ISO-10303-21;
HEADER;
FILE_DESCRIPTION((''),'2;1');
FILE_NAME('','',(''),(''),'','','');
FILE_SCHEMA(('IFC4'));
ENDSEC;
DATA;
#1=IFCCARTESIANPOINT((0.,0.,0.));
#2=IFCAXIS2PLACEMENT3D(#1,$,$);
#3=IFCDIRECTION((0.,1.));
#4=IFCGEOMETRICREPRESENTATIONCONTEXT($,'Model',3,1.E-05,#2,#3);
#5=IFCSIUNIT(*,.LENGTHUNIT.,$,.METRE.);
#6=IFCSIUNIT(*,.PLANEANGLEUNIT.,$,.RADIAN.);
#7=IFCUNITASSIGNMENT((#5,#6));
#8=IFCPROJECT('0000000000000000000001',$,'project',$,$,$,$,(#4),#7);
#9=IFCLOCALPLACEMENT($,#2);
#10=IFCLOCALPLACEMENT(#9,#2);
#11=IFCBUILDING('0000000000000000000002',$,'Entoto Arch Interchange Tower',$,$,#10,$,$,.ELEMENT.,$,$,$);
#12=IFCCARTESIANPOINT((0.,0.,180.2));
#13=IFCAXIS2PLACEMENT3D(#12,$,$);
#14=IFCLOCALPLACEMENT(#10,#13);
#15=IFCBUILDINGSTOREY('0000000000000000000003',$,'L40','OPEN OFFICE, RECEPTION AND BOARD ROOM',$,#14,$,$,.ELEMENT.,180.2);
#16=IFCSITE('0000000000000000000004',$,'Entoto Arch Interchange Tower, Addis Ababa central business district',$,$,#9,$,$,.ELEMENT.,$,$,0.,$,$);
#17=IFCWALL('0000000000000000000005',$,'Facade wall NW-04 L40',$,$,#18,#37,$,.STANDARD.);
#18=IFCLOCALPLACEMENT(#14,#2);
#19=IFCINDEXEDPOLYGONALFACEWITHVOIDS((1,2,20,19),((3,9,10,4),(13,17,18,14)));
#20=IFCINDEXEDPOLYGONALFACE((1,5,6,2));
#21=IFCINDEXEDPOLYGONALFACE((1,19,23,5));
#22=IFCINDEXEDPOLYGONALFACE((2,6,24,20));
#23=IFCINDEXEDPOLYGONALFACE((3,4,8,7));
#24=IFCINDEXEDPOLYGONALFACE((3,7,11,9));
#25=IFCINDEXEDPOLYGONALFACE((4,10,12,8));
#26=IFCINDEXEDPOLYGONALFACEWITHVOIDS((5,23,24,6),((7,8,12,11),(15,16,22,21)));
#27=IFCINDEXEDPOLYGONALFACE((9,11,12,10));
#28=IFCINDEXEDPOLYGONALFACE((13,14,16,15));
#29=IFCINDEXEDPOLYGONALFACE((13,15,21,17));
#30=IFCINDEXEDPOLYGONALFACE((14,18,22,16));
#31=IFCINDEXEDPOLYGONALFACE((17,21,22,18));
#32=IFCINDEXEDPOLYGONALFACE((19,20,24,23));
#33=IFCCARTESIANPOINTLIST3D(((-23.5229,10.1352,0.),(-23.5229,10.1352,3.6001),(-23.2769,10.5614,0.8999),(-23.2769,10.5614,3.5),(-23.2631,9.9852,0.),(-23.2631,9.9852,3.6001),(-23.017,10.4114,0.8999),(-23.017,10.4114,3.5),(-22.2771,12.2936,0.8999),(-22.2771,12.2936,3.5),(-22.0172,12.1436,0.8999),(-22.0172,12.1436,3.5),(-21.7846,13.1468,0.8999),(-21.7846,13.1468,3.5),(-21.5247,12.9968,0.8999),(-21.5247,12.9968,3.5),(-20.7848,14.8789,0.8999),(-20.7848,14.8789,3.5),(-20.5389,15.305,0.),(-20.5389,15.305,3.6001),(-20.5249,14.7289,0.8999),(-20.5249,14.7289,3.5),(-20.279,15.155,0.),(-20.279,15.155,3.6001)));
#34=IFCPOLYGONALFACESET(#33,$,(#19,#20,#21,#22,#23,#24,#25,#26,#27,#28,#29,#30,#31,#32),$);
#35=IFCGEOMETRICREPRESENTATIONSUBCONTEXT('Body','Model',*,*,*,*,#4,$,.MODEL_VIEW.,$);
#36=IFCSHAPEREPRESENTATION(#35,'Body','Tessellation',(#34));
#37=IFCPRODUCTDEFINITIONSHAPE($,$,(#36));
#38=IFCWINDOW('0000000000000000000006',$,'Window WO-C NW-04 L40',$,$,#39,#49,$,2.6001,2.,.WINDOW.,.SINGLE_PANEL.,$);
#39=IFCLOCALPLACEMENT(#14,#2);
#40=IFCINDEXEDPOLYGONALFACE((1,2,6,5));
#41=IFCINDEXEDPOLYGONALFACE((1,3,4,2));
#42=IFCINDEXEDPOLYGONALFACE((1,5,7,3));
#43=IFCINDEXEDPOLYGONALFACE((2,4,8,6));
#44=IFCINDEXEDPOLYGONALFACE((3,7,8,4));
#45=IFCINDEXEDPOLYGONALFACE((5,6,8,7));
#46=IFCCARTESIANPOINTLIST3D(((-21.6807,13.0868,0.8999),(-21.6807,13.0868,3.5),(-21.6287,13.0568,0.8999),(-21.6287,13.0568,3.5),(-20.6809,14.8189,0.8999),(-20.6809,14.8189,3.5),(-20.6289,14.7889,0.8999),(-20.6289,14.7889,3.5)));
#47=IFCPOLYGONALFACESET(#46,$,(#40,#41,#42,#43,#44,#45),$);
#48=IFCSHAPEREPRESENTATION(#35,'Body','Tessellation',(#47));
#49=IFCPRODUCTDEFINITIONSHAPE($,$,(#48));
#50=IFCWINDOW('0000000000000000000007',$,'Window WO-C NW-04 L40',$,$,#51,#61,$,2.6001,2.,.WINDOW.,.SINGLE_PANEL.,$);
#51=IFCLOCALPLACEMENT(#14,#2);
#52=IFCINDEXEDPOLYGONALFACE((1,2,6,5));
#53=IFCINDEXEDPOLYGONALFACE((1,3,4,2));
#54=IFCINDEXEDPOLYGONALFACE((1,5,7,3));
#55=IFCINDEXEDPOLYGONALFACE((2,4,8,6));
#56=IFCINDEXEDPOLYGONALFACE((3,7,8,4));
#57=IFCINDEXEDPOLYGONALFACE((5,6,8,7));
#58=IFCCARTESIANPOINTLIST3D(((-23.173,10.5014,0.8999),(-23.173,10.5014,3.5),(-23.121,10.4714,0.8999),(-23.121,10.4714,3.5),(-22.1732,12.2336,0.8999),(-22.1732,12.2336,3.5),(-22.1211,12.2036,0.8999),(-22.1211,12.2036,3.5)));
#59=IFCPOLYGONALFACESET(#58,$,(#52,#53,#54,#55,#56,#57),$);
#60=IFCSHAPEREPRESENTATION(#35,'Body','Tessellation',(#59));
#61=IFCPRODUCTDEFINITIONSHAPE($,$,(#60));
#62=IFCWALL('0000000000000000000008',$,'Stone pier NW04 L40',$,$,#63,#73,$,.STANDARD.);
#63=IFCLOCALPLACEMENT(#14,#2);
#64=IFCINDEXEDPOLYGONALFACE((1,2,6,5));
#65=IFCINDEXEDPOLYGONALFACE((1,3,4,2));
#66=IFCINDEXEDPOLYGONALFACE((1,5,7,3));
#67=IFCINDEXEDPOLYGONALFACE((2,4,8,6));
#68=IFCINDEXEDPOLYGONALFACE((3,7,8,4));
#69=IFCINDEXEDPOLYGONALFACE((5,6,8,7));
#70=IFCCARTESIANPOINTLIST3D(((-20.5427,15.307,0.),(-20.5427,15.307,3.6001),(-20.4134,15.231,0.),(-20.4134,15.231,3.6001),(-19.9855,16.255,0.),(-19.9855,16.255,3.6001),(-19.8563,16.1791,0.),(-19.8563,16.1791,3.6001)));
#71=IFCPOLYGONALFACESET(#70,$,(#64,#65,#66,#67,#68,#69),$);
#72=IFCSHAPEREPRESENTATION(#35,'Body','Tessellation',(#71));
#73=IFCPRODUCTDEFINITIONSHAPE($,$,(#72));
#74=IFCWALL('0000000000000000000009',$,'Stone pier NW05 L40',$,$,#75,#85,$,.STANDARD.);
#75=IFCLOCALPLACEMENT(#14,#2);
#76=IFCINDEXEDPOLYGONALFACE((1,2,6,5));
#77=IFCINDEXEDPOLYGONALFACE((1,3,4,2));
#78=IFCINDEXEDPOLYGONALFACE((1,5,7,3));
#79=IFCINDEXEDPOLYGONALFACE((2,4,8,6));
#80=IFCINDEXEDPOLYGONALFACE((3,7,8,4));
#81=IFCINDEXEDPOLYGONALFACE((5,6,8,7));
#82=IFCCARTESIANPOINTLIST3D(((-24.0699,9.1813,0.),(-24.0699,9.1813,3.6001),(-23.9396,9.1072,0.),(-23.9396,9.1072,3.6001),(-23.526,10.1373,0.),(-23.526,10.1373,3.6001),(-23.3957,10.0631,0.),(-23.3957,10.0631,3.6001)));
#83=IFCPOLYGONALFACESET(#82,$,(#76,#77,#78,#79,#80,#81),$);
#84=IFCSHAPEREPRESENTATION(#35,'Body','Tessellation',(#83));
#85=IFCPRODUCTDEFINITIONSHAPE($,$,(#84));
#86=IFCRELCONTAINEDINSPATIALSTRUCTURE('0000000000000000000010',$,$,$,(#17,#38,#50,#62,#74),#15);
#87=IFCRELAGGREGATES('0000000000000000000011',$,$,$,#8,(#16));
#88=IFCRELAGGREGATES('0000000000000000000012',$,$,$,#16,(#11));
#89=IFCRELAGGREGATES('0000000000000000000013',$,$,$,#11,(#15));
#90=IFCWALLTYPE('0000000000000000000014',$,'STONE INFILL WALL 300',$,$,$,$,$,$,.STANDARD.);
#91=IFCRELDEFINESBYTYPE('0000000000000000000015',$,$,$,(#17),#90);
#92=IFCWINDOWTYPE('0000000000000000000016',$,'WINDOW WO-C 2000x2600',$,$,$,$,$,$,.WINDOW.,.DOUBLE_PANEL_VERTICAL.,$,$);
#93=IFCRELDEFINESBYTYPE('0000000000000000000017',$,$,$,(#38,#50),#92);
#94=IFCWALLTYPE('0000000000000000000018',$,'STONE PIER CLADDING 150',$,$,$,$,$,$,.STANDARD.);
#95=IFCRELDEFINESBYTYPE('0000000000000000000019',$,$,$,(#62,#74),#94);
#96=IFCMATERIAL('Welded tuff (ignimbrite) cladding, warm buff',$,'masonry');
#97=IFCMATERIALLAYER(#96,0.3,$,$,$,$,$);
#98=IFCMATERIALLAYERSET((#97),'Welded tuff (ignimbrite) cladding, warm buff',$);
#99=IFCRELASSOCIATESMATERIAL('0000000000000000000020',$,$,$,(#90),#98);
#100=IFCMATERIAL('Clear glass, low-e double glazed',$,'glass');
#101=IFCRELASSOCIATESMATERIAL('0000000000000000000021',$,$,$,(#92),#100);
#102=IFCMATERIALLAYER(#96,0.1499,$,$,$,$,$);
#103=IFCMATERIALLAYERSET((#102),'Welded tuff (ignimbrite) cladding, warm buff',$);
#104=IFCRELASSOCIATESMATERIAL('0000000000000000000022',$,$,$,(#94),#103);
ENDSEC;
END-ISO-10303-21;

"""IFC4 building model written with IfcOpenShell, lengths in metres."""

from ifc_helpers import new_model, si_unit, direction, frame, frame_2d, origin, place, context, subcontext, project, spatial, rectangle, extrude, material, layer, layer_set, type_object, element, fill, save


model = new_model("IFC4")

# Units and contexts
model_context = context("Model", 3, precision=1e-05, world=origin(), true_north=direction((0.0, 1.0)))
body_context = subcontext(model_context, "Body", "Model", "MODEL_VIEW")
ifc_project = project(units=[si_unit("LENGTHUNIT", "METRE"), si_unit("PLANEANGLEUNIT", "RADIAN")], contexts=[model_context])

# Site, building, storey
site_placement = place(None, origin())
site = spatial("IfcSite", under=ifc_project, at=site_placement, Name="Entoto Arch Interchange Tower, Addis Ababa central business district", CompositionType="ELEMENT", RefElevation=0.0)
building_placement = place(site_placement, origin())
building = spatial("IfcBuilding", under=site, at=building_placement, Name="Entoto Arch Interchange Tower", CompositionType="ELEMENT")
storey_placement = place(building_placement, frame((0.0, 0.0, 180.2)))
storey = spatial("IfcBuildingStorey", under=building, at=storey_placement, Name="L40", Description="OPEN OFFICE, RECEPTION AND BOARD ROOM", CompositionType="ELEMENT", Elevation=180.2)

# Wall, openings, windows
ifc_material_1 = material(Name="Welded tuff (ignimbrite) cladding, warm buff", Category="masonry")
ifc_layer_1 = layer(ifc_material_1, 0.3)
ifc_layer_set_1 = layer_set([ifc_layer_1], Name="Welded tuff (ignimbrite) cladding, warm buff")
wall_type_1 = type_object("IfcWallType", Name="STONE INFILL WALL 300", PredefinedType="STANDARD", material=ifc_layer_set_1)
ifc_material_2 = material(Name="Clear glass, low-e double glazed", Category="glass")
window_type = type_object("IfcWindowType", Name="WINDOW WO-C 2000x2600", PartitioningType="DOUBLE_PANEL_VERTICAL", PredefinedType="WINDOW", material=ifc_material_2)
wall_1_placement = place(storey_placement, frame((-20.4089, 15.23, 0.0), z_axis=(0.0, 0.0, 1.0), x_axis=(-0.499909, -0.866078, 0.0)))
wall_1 = element("IfcWall", 1, at=wall_1_placement, inside=storey, type_object=wall_type_1, Name="Facade wall NW-04 L40", PredefinedType="STANDARD", context=body_context, shape_type="SweptSolid", body=[
    extrude(rectangle(XDim=5.9692, YDim=0.3, at=frame_2d((2.9846, 0.0))), origin(), (0.0, 0.0, 1.0), 3.6001),
])
opening_1_placement = place(wall_1_placement, frame((0.4919, 0.0, 0.8999)))
opening_1 = element("IfcOpeningElement", 2, at=opening_1_placement, cuts=wall_1, PredefinedType="OPENING", context=body_context, shape_type="SweptSolid", body=[
    extrude(rectangle(XDim=2.0, YDim=2.6001, at=frame_2d((1.0, 1.3))), frame((0.0, 0.1602, 0.0), z_axis=(0.0, -1.0, 0.0), x_axis=(1.0, 0.0, 0.0)), (0.0, 0.0, 1.0), 0.3201),
])
opening_2_placement = place(wall_1_placement, frame((3.4771, 0.0, 0.8999)))
opening_2 = element("IfcOpeningElement", 3, at=opening_2_placement, cuts=wall_1, PredefinedType="OPENING", context=body_context, shape_type="SweptSolid", body=[
    extrude(rectangle(XDim=2.0, YDim=2.6001, at=frame_2d((1.0, 1.3))), frame((0.0, 0.1602, 0.0), z_axis=(0.0, -1.0, 0.0), x_axis=(1.0, 0.0, 0.0)), (0.0, 0.0, 1.0), 0.3201),
])
window_1_placement = place(opening_1_placement, origin())
window_1 = element("IfcWindow", 4, at=window_1_placement, inside=storey, type_object=window_type, Name="Window WO-C NW-04 L40", OverallHeight=2.6001, OverallWidth=2.0, PartitioningType="SINGLE_PANEL", PredefinedType="WINDOW", context=body_context, shape_type="SweptSolid", body=[
    extrude(rectangle(XDim=2.0, YDim=2.6001, at=frame_2d((1.0, 1.3))), frame((0.0, 0.03, 0.0), z_axis=(0.0, -1.0, 0.0), x_axis=(1.0, 0.0, 0.0)), (0.0, 0.0, 1.0), 0.0601),
])
fill(opening_1, window_1)
window_2_placement = place(opening_2_placement, origin())
window_2 = element("IfcWindow", 5, at=window_2_placement, inside=storey, type_object=window_type, Name="Window WO-C NW-04 L40", OverallHeight=2.6001, OverallWidth=2.0, PartitioningType="SINGLE_PANEL", PredefinedType="WINDOW", context=body_context, shape_type="SweptSolid", body=[
    extrude(rectangle(XDim=2.0, YDim=2.6001, at=frame_2d((1.0, 1.3))), frame((0.0, 0.03, 0.0), z_axis=(0.0, -1.0, 0.0), x_axis=(1.0, 0.0, 0.0)), (0.0, 0.0, 1.0), 0.0601),
])
fill(opening_2, window_2)

# Walls
ifc_layer_2 = layer(ifc_material_1, 0.1499)
ifc_layer_set_2 = layer_set([ifc_layer_2], Name="Welded tuff (ignimbrite) cladding, warm buff")
wall_type_2 = type_object("IfcWallType", Name="STONE PIER CLADDING 150", PredefinedType="STANDARD", material=ifc_layer_set_2)
wall_2_placement = place(storey_placement, frame((-19.9209, 16.217, 0.0), z_axis=(0.0, 0.0, 1.0), x_axis=(-0.506671, -0.86214, 0.0)))
element("IfcWall", 6, at=wall_2_placement, inside=storey, type_object=wall_type_2, Name="Stone pier NW04 L40", PredefinedType="STANDARD", context=body_context, shape_type="SweptSolid", body=[
    extrude(rectangle(XDim=1.0996, YDim=0.1499, at=frame_2d((0.5498, 0.0))), origin(), (0.0, 0.0, 1.0), 3.6001),
])
wall_3_placement = place(storey_placement, frame((-23.4609, 10.1001, 0.0), z_axis=(0.0, 0.0, 1.0), x_axis=(-0.494513, -0.86917, 0.0)))
element("IfcWall", 7, at=wall_3_placement, inside=storey, type_object=wall_type_2, Name="Stone pier NW05 L40", PredefinedType="STANDARD", context=body_context, shape_type="SweptSolid", body=[
    extrude(rectangle(XDim=1.0999, YDim=0.1499, at=frame_2d((0.5498, 0.0))), origin(), (0.0, 0.0, 1.0), 3.6001),
])

save(model, "model.ifc")
